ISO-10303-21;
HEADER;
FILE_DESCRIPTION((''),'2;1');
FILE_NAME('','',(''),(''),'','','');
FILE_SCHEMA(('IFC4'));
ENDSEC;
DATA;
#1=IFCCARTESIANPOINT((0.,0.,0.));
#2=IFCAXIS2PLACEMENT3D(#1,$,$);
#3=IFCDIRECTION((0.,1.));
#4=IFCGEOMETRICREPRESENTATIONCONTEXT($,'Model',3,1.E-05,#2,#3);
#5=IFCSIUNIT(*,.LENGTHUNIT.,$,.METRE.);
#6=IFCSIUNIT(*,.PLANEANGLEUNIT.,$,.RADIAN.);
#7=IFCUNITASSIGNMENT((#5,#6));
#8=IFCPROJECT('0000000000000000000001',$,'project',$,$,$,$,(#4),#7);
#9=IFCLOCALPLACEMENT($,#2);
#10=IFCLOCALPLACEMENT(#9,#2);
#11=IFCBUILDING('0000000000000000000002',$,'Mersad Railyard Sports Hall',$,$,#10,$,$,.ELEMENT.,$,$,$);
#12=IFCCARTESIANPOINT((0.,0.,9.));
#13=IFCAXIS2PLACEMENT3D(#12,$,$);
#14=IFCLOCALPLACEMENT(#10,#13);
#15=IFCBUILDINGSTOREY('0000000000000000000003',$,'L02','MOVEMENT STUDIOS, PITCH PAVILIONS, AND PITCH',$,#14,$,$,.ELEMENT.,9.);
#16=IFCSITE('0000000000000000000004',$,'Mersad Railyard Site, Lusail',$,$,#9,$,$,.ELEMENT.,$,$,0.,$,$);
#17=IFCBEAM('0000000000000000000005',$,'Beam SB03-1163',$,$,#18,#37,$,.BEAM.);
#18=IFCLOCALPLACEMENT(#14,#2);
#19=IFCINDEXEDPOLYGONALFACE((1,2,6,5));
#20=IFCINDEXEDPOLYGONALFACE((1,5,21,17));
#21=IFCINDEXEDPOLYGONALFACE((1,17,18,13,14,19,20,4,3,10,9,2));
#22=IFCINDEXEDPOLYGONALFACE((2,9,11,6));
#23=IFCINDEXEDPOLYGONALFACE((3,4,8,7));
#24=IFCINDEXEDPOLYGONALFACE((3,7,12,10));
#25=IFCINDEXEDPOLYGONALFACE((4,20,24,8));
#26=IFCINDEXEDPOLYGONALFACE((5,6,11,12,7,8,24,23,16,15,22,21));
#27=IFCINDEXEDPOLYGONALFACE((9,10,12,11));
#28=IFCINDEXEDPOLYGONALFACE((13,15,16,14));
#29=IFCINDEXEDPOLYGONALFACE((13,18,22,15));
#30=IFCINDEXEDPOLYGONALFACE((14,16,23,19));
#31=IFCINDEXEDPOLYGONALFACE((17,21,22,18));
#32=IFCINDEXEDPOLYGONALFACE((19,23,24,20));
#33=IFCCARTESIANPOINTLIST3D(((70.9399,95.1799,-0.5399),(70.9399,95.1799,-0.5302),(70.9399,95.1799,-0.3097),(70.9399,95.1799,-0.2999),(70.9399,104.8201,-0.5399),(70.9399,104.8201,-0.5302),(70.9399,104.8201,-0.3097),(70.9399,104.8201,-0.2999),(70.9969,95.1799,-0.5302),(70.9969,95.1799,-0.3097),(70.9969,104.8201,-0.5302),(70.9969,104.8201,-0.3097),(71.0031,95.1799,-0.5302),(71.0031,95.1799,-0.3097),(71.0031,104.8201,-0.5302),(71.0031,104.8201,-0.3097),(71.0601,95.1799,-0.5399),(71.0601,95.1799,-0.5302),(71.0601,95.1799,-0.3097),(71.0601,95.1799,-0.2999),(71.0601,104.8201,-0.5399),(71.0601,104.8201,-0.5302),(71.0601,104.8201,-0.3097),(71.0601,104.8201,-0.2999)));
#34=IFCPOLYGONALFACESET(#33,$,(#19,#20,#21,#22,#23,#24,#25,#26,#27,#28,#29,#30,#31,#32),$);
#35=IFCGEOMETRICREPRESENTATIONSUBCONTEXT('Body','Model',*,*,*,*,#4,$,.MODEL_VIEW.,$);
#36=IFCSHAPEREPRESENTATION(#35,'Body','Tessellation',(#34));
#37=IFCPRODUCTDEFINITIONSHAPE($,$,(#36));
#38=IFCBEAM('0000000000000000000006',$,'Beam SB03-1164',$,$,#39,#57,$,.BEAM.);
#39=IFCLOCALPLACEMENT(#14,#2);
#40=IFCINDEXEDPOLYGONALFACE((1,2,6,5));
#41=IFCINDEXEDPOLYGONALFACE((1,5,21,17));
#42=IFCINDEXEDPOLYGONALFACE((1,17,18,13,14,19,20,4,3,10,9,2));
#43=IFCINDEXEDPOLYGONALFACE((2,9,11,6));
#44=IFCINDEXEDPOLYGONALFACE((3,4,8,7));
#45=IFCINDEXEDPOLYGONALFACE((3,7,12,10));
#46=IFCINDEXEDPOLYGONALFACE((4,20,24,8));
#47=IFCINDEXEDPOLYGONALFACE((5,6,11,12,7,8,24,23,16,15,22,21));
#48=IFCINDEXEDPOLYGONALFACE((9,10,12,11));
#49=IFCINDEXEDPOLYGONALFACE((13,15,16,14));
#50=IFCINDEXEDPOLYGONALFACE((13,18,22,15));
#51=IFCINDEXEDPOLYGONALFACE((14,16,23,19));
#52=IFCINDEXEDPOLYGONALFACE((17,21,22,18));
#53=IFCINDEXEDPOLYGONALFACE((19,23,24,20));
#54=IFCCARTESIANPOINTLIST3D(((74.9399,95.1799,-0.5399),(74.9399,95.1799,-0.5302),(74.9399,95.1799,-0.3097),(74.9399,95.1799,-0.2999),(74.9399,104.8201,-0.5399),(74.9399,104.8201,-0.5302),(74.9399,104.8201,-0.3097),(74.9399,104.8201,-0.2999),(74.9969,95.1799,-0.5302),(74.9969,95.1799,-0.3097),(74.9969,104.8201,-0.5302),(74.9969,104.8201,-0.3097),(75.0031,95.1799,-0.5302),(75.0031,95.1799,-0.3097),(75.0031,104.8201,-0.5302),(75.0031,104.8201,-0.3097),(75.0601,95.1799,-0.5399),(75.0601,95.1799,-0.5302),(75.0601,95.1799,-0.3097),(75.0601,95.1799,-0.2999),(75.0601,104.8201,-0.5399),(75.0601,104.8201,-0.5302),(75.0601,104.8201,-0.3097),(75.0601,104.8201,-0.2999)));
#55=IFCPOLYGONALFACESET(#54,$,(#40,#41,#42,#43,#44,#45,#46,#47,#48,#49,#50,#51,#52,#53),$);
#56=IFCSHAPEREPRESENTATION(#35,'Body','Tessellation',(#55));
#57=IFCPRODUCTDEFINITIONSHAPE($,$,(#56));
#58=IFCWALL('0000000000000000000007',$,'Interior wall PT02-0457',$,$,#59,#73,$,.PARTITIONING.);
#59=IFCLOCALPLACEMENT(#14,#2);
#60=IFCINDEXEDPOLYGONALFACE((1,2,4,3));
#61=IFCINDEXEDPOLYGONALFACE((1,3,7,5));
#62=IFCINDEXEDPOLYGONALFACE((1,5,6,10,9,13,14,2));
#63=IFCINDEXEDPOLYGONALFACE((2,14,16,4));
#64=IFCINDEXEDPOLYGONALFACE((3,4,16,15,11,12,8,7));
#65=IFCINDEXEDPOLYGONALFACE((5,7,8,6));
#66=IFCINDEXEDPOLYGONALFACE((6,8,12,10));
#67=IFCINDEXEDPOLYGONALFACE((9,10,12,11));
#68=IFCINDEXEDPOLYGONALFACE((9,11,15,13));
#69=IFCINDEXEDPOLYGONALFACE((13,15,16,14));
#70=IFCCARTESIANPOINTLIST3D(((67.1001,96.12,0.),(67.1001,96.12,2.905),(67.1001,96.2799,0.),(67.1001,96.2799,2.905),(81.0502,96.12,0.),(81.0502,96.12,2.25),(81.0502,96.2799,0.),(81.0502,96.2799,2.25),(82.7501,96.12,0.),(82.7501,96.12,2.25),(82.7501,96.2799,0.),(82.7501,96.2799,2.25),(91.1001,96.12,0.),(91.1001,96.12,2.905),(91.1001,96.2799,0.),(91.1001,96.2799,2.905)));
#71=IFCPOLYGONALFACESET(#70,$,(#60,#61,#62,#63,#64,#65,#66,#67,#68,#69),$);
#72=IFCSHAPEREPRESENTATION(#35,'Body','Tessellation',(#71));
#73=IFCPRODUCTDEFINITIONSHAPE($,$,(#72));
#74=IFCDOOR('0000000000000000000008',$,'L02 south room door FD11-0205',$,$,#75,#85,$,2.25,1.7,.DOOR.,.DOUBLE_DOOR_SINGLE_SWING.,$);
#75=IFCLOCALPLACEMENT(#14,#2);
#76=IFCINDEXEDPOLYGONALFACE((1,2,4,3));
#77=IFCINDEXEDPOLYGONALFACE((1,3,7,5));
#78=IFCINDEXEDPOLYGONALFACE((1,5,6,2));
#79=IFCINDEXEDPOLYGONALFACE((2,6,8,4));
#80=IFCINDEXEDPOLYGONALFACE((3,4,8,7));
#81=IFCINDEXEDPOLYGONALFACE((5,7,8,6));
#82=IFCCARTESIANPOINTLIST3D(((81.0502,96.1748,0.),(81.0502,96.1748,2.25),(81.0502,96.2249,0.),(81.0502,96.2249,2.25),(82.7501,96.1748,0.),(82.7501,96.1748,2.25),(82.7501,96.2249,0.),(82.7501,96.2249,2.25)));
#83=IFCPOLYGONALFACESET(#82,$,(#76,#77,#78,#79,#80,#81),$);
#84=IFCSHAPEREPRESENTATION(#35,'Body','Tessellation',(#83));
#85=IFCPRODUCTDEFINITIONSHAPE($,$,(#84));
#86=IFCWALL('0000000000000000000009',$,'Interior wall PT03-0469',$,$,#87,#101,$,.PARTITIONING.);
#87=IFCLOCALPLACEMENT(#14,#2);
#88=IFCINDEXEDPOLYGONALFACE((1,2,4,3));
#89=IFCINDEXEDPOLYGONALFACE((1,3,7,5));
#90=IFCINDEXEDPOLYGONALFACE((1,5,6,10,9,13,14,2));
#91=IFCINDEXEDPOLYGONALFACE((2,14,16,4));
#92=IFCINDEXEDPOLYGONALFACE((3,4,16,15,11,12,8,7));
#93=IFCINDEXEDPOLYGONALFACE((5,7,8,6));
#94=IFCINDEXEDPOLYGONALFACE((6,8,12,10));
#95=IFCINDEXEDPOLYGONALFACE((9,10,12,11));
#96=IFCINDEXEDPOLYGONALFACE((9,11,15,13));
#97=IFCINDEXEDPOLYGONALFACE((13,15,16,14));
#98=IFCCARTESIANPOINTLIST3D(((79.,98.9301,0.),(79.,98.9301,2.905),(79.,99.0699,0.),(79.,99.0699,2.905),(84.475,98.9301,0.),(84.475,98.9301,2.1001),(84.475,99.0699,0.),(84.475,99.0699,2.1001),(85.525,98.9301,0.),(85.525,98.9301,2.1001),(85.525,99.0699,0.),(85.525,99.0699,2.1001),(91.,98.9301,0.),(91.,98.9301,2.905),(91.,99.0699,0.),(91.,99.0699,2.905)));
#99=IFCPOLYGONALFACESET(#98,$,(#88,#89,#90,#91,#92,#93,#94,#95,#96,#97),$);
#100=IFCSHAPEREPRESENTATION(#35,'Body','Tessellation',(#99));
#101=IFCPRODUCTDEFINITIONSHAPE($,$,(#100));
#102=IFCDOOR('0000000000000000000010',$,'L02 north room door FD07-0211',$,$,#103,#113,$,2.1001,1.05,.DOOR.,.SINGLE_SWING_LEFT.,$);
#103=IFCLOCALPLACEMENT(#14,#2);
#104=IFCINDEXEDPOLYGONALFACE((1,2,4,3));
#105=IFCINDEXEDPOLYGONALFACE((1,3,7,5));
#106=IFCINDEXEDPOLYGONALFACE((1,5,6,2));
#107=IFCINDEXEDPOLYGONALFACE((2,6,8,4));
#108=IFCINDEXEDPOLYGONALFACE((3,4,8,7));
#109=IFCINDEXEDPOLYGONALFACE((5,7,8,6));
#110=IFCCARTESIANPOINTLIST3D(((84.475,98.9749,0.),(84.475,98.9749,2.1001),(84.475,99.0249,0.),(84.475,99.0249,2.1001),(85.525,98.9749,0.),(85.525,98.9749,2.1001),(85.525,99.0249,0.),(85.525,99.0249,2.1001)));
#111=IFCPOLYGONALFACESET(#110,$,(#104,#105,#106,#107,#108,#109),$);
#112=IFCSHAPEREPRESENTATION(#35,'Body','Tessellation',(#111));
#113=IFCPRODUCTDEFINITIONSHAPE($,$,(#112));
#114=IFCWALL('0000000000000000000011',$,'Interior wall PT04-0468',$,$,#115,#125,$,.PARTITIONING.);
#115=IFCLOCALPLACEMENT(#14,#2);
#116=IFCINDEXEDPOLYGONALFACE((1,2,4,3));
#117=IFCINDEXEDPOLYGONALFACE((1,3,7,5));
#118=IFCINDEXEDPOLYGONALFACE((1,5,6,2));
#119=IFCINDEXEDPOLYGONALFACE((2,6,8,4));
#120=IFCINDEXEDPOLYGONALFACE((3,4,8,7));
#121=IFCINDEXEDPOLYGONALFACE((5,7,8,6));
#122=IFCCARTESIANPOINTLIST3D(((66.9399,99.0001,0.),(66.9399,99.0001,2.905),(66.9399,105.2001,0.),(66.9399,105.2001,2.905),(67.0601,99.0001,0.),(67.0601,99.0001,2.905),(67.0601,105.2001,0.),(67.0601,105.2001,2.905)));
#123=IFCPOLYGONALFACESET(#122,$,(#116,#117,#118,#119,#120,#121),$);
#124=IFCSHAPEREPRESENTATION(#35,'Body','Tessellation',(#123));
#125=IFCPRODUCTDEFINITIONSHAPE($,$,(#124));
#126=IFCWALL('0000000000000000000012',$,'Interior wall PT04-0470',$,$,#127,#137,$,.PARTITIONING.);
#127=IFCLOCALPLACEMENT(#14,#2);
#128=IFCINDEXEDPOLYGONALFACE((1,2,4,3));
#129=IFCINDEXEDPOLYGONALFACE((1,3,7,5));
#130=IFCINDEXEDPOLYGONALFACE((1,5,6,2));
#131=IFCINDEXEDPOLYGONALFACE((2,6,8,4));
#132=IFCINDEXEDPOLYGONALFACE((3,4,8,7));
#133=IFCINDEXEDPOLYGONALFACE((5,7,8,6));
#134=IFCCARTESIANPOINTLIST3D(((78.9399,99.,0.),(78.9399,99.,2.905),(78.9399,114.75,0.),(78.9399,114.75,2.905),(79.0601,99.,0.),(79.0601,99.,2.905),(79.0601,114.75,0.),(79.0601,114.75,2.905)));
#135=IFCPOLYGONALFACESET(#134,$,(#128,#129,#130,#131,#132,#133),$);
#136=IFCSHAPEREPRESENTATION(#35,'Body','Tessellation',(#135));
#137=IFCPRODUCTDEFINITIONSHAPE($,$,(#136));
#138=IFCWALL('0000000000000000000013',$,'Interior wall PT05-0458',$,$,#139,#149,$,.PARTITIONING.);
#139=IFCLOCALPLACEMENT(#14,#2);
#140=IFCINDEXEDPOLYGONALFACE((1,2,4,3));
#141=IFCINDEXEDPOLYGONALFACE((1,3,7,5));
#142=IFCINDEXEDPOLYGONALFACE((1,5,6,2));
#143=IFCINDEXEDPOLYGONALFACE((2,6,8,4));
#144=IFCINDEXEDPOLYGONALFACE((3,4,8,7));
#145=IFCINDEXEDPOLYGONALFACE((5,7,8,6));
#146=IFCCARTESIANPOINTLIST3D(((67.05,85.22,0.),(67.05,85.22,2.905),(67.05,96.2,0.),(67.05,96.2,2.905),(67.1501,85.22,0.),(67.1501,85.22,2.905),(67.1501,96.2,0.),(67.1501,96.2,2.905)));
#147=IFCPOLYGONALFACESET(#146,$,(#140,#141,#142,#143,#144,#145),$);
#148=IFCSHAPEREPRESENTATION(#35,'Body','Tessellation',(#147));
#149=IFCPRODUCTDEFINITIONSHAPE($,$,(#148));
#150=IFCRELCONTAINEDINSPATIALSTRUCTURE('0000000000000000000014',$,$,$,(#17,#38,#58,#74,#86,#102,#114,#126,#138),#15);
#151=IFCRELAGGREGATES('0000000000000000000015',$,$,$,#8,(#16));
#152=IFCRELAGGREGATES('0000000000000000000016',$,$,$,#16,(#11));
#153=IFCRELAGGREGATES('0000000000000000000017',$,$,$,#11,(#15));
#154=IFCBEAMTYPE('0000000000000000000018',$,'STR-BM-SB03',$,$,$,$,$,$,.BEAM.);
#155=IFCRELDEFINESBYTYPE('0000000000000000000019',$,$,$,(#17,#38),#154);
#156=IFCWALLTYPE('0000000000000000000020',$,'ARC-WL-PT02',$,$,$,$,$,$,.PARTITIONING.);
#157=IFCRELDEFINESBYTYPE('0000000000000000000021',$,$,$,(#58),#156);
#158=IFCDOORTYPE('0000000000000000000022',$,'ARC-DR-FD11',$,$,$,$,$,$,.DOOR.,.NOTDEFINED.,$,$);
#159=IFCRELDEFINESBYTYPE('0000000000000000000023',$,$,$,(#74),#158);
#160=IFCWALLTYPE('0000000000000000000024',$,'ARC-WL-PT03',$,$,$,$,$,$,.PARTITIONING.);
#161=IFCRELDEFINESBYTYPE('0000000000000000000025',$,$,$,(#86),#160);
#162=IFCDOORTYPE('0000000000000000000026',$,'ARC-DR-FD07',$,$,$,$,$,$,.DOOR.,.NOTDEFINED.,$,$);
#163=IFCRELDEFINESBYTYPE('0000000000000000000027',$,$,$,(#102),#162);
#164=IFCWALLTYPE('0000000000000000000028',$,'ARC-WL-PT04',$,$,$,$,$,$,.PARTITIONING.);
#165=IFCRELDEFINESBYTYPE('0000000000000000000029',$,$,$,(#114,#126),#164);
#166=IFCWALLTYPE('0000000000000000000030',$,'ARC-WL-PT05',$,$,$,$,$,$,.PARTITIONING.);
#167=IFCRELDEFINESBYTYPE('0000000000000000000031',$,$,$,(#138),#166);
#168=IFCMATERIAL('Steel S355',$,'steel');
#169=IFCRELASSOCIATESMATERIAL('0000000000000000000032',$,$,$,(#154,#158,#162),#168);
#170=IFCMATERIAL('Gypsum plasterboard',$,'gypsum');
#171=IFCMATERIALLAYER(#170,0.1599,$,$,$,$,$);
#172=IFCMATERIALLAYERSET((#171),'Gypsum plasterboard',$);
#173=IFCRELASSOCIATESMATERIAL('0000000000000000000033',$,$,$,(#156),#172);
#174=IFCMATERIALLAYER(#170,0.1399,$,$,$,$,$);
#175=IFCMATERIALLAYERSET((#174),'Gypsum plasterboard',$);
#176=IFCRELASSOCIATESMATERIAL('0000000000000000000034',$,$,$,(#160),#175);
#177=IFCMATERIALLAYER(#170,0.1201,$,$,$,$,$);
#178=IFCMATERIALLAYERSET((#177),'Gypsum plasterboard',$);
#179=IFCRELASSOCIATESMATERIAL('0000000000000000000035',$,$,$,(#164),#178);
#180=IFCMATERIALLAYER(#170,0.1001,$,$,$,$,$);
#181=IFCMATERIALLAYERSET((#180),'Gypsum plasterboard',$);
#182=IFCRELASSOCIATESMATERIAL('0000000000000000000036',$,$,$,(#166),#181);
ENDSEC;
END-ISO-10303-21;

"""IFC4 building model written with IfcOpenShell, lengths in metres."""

from ifc_helpers import new_model, si_unit, direction, frame, frame_2d, origin, origin_2d, place, context, subcontext, project, spatial, rectangle, i_section, extrude, material, layer, layer_set, material_profile, profile_set, type_object, element, fill, save


model = new_model("IFC4")

# Units and contexts
model_context = context("Model", 3, precision=1e-05, world=origin(), true_north=direction((0.0, 1.0)))
body_context = subcontext(model_context, "Body", "Model", "MODEL_VIEW")
ifc_project = project(units=[si_unit("LENGTHUNIT", "METRE"), si_unit("PLANEANGLEUNIT", "RADIAN")], contexts=[model_context])

# Site, building, storey
site_placement = place(None, origin())
site = spatial("IfcSite", under=ifc_project, at=site_placement, Name="Mersad Railyard Site, Lusail", CompositionType="ELEMENT", RefElevation=0.0)
building_placement = place(site_placement, origin())
building = spatial("IfcBuilding", under=site, at=building_placement, Name="Mersad Railyard Sports Hall", CompositionType="ELEMENT")
storey_placement = place(building_placement, frame((0.0, 0.0, 9.0)))
storey = spatial("IfcBuildingStorey", under=building, at=storey_placement, Name="L02", Description="MOVEMENT STUDIOS, PITCH PAVILIONS, AND PITCH", CompositionType="ELEMENT", Elevation=9.0)

# Beams
ifc_material_1 = material(Name="Steel S355", Category="steel")
ifc_material_profile_1 = material_profile(ifc_material_1, i_section(OverallWidth=0.1201, OverallDepth=0.24, WebThickness=0.0061, FlangeThickness=0.0098, at=origin_2d()), Name="IPE 240")
ifc_profile_set_1 = profile_set([ifc_material_profile_1], Name="Steel S355")
beam_type_1 = type_object("IfcBeamType", Name="STR-BM-SB03", PredefinedType="BEAM", material=ifc_profile_set_1)
for number, where, z_axis, x_axis, name in (
    (1, (71.0, 95.1799, -0.4199), (0.0, 1.0, 0.0), (-1.0, 0.0, 0.0), "Beam SB03-1163"),
    (2, (75.0, 95.1799, -0.4199), (0.0, 1.0, 0.0), (-1.0, 0.0, 0.0), "Beam SB03-1164"),
):
    element("IfcBeam", number, at=place(storey_placement, frame(where, z_axis=z_axis, x_axis=x_axis)), inside=storey, type_object=beam_type_1, Name=name, PredefinedType="BEAM", context=body_context, shape_type="SweptSolid", body=[
        extrude(i_section(OverallWidth=0.1201, OverallDepth=0.24, WebThickness=0.0061, FlangeThickness=0.0098, at=origin_2d()), origin(), (0.0, 0.0, 1.0), 9.6401),
    ])

# Walls, openings, doors
ifc_material_2 = material(Name="Gypsum plasterboard", Category="gypsum")
ifc_layer_1 = layer(ifc_material_2, 0.1599)
ifc_layer_set_1 = layer_set([ifc_layer_1], Name="Gypsum plasterboard")
wall_type_1 = type_object("IfcWallType", Name="ARC-WL-PT02", PredefinedType="PARTITIONING", material=ifc_layer_set_1)
wall_1_placement = place(storey_placement, frame((67.1001, 96.2, 0.0), z_axis=(0.0, 0.0, 1.0), x_axis=(1.0, 0.0, 0.0)))
wall_1 = element("IfcWall", 3, at=wall_1_placement, inside=storey, type_object=wall_type_1, Name="Interior wall PT02-0457", PredefinedType="PARTITIONING", context=body_context, shape_type="SweptSolid", body=[
    extrude(rectangle(XDim=24.0, YDim=0.1599, at=frame_2d((12.0, 0.0))), origin(), (0.0, 0.0, 1.0), 2.905),
])
opening_1_placement = place(wall_1_placement, frame((13.95, 0.0, 0.0)))
opening_1 = element("IfcOpeningElement", 4, at=opening_1_placement, cuts=wall_1, PredefinedType="OPENING", context=body_context, shape_type="SweptSolid", body=[
    extrude(rectangle(XDim=1.7, YDim=2.25, at=frame_2d((0.8501, 1.125))), frame((0.0, 0.0898, 0.0), z_axis=(0.0, -1.0, 0.0), x_axis=(1.0, 0.0, 0.0)), (0.0, 0.0, 1.0), 0.1799),
])
door_type_1 = type_object("IfcDoorType", Name="ARC-DR-FD11", OperationType="NOTDEFINED", PredefinedType="DOOR", material=ifc_material_1)
door_1_placement = place(opening_1_placement, origin())
door_1 = element("IfcDoor", 5, at=door_1_placement, inside=storey, type_object=door_type_1, Name="L02 south room door FD11-0205", OperationType="DOUBLE_DOOR_SINGLE_SWING", OverallHeight=2.25, OverallWidth=1.7, PredefinedType="DOOR", context=body_context, shape_type="SweptSolid", body=[
    extrude(rectangle(XDim=1.7, YDim=2.25, at=frame_2d((0.8501, 1.125))), frame((0.0, 0.0249, 0.0), z_axis=(0.0, -1.0, 0.0), x_axis=(1.0, 0.0, 0.0)), (0.0, 0.0, 1.0), 0.05),
])
fill(opening_1, door_1)
ifc_layer_2 = layer(ifc_material_2, 0.1399)
ifc_layer_set_2 = layer_set([ifc_layer_2], Name="Gypsum plasterboard")
wall_type_2 = type_object("IfcWallType", Name="ARC-WL-PT03", PredefinedType="PARTITIONING", material=ifc_layer_set_2)
wall_2_placement = place(storey_placement, frame((79.0, 99.0, 0.0), z_axis=(0.0, 0.0, 1.0), x_axis=(1.0, 0.0, 0.0)))
wall_2 = element("IfcWall", 6, at=wall_2_placement, inside=storey, type_object=wall_type_2, Name="Interior wall PT03-0469", PredefinedType="PARTITIONING", context=body_context, shape_type="SweptSolid", body=[
    extrude(rectangle(XDim=12.0, YDim=0.1399, at=frame_2d((6.0, 0.0))), origin(), (0.0, 0.0, 1.0), 2.905),
])
opening_2_placement = place(wall_2_placement, frame((5.4751, 0.0, 0.0)))
opening_2 = element("IfcOpeningElement", 7, at=opening_2_placement, cuts=wall_2, PredefinedType="OPENING", context=body_context, shape_type="SweptSolid", body=[
    extrude(rectangle(XDim=1.05, YDim=2.1001, at=frame_2d((0.5249, 1.05))), frame((0.0, 0.0798, 0.0), z_axis=(0.0, -1.0, 0.0), x_axis=(1.0, 0.0, 0.0)), (0.0, 0.0, 1.0), 0.1599),
])
door_type_2 = type_object("IfcDoorType", Name="ARC-DR-FD07", OperationType="NOTDEFINED", PredefinedType="DOOR", material=ifc_material_1)
door_2_placement = place(opening_2_placement, origin())
door_2 = element("IfcDoor", 8, at=door_2_placement, inside=storey, type_object=door_type_2, Name="L02 north room door FD07-0211", OperationType="SINGLE_SWING_LEFT", OverallHeight=2.1001, OverallWidth=1.05, PredefinedType="DOOR", context=body_context, shape_type="SweptSolid", body=[
    extrude(rectangle(XDim=1.05, YDim=2.1001, at=frame_2d((0.5249, 1.05))), frame((0.0, 0.0249, 0.0), z_axis=(0.0, -1.0, 0.0), x_axis=(1.0, 0.0, 0.0)), (0.0, 0.0, 1.0), 0.05),
])
fill(opening_2, door_2)

# Walls
ifc_layer_3 = layer(ifc_material_2, 0.1201)
ifc_layer_set_3 = layer_set([ifc_layer_3], Name="Gypsum plasterboard")
wall_type_3 = type_object("IfcWallType", Name="ARC-WL-PT04", PredefinedType="PARTITIONING", material=ifc_layer_set_3)
wall_3_placement = place(storey_placement, frame((67.0, 99.0, 0.0), z_axis=(0.0, 0.0, 1.0), x_axis=(0.0, 1.0, 0.0)))
element("IfcWall", 9, at=wall_3_placement, inside=storey, type_object=wall_type_3, Name="Interior wall PT04-0468", PredefinedType="PARTITIONING", context=body_context, shape_type="SweptSolid", body=[
    extrude(rectangle(XDim=6.2, YDim=0.1201, at=frame_2d((3.1001, 0.0))), origin(), (0.0, 0.0, 1.0), 2.905),
])
wall_4_placement = place(storey_placement, frame((79.0, 99.0, 0.0), z_axis=(0.0, 0.0, 1.0), x_axis=(0.0, 1.0, 0.0)))
element("IfcWall", 10, at=wall_4_placement, inside=storey, type_object=wall_type_3, Name="Interior wall PT04-0470", PredefinedType="PARTITIONING", context=body_context, shape_type="SweptSolid", body=[
    extrude(rectangle(XDim=15.75, YDim=0.1201, at=frame_2d((7.875, 0.0))), origin(), (0.0, 0.0, 1.0), 2.905),
])
ifc_layer_4 = layer(ifc_material_2, 0.1001)
ifc_layer_set_4 = layer_set([ifc_layer_4], Name="Gypsum plasterboard")
wall_type_4 = type_object("IfcWallType", Name="ARC-WL-PT05", PredefinedType="PARTITIONING", material=ifc_layer_set_4)
wall_5_placement = place(storey_placement, frame((67.1001, 85.22, 0.0), z_axis=(0.0, 0.0, 1.0), x_axis=(0.0, 1.0, 0.0)))
element("IfcWall", 11, at=wall_5_placement, inside=storey, type_object=wall_type_4, Name="Interior wall PT05-0458", PredefinedType="PARTITIONING", context=body_context, shape_type="SweptSolid", body=[
    extrude(rectangle(XDim=10.98, YDim=0.1001, at=frame_2d((5.49, 0.0))), origin(), (0.0, 0.0, 1.0), 2.905),
])

save(model, "model.ifc")
